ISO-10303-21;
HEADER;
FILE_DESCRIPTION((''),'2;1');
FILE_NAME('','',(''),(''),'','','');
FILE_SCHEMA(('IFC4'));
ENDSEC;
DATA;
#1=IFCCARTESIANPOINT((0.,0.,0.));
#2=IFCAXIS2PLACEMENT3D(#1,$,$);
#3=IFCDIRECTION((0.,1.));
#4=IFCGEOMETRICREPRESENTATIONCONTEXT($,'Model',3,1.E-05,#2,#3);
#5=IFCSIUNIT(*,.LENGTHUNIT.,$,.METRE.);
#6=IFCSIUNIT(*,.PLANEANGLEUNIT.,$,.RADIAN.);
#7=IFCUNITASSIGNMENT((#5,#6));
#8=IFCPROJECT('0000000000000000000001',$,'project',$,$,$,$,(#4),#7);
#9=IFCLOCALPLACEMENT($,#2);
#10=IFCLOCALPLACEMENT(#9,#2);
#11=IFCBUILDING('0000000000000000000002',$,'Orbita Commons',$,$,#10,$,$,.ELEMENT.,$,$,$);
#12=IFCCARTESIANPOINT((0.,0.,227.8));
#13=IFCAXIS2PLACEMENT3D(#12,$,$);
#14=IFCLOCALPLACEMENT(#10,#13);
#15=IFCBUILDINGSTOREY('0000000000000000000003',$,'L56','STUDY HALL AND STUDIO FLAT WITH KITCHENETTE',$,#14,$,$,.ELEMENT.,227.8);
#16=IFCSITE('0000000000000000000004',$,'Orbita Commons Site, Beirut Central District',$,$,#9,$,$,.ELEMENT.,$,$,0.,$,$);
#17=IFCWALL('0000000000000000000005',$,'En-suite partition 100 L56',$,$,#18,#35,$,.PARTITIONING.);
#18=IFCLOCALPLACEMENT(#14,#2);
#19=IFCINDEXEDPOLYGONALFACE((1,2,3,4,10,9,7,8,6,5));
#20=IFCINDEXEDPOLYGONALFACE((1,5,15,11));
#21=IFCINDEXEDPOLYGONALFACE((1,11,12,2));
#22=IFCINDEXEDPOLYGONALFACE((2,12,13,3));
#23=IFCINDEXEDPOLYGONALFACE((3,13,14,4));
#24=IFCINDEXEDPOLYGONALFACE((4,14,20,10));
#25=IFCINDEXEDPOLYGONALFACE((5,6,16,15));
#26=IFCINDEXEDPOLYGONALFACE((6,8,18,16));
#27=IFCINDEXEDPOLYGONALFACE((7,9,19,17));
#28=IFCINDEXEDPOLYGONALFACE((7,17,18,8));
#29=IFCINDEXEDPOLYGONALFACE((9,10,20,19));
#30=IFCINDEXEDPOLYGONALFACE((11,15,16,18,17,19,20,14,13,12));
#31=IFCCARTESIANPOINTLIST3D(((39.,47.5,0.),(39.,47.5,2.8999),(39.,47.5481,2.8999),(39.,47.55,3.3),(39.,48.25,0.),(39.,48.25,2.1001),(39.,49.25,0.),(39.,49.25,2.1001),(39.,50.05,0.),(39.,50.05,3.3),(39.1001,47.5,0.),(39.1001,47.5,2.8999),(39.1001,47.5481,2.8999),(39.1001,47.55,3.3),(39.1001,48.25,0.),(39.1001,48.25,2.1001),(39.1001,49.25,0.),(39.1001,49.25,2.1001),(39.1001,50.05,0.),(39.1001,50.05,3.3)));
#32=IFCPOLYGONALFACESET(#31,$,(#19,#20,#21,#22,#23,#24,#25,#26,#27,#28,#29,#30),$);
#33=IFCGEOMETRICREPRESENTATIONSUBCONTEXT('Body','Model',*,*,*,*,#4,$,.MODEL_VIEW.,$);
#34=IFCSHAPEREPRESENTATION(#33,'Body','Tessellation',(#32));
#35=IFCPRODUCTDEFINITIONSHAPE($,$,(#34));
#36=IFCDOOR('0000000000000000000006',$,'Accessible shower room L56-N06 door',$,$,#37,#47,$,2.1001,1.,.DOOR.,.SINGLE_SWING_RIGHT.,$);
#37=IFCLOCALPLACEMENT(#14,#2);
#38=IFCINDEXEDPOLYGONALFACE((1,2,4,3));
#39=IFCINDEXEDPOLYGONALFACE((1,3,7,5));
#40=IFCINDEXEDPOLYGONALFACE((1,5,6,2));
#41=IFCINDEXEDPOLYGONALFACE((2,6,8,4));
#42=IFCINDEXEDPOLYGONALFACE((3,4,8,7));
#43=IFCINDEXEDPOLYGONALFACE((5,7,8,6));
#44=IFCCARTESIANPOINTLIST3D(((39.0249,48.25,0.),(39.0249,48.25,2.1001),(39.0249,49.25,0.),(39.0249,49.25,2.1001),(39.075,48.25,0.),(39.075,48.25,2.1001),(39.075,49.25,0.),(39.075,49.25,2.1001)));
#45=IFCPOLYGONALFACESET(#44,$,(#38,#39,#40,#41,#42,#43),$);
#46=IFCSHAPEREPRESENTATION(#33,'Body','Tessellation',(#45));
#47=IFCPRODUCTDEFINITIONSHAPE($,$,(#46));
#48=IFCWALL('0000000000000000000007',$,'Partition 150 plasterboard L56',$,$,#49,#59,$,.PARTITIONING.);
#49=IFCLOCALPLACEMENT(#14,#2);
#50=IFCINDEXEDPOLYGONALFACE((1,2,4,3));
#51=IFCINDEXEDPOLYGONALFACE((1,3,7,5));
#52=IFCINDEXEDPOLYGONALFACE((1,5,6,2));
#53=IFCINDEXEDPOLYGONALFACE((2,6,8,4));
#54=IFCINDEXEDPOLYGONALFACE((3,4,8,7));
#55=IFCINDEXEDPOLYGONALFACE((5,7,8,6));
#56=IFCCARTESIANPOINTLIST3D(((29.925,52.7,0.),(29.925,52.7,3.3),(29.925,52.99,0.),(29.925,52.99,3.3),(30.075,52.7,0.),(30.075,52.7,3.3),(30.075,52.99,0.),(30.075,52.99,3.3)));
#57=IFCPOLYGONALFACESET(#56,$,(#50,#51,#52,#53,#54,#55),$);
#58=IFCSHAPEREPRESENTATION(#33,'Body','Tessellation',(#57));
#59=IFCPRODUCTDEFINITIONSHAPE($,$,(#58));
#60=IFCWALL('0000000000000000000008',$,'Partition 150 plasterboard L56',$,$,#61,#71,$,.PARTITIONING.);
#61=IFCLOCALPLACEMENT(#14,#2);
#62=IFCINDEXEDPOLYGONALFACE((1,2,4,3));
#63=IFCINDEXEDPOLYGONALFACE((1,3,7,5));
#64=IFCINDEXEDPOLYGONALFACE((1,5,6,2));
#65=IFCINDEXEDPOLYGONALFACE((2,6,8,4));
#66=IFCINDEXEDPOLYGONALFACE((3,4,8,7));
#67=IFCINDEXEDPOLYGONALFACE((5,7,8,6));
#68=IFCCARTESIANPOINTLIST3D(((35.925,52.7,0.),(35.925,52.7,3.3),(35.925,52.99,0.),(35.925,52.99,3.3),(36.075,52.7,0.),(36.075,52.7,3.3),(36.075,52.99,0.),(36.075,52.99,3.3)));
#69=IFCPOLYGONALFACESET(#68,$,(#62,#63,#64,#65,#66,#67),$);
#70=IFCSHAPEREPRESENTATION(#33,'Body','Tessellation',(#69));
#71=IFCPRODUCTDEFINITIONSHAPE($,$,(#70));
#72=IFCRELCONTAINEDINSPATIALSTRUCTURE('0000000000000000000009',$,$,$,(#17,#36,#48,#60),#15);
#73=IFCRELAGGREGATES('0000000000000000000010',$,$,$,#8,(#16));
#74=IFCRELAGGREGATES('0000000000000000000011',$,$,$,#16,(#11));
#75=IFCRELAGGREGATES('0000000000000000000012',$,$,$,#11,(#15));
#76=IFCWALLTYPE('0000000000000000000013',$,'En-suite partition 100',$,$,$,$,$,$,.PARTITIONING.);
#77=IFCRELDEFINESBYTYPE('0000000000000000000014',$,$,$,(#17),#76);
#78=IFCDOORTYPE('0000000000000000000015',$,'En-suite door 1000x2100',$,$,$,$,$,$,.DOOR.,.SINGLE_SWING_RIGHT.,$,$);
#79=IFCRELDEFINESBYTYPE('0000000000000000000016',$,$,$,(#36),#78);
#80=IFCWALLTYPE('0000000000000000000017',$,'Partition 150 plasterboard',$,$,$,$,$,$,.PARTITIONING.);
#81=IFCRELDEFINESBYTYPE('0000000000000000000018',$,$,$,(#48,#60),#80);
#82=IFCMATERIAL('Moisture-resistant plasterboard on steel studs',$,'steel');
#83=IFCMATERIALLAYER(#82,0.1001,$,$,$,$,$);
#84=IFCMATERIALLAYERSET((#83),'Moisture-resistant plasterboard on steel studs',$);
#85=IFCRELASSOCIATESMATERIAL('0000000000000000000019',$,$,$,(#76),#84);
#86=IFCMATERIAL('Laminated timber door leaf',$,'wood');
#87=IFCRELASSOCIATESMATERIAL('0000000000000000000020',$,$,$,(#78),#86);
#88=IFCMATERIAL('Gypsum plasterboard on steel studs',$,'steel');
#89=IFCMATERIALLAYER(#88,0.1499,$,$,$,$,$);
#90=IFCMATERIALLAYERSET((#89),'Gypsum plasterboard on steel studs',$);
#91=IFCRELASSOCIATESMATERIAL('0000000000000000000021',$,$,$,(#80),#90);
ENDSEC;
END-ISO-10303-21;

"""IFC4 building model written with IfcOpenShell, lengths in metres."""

from ifc_helpers import new_model, si_unit, direction, frame, frame_2d, origin, place, context, subcontext, project, spatial, polyline, rectangle, outline, extrude, material, layer, layer_set, type_object, element, fill, save


model = new_model("IFC4")

# Units and contexts
model_context = context("Model", 3, precision=1e-05, world=origin(), true_north=direction((0.0, 1.0)))
body_context = subcontext(model_context, "Body", "Model", "MODEL_VIEW")
ifc_project = project(units=[si_unit("LENGTHUNIT", "METRE"), si_unit("PLANEANGLEUNIT", "RADIAN")], contexts=[model_context])

# Site, building, storey
site_placement = place(None, origin())
site = spatial("IfcSite", under=ifc_project, at=site_placement, Name="Orbita Commons Site, Beirut Central District", CompositionType="ELEMENT", RefElevation=0.0)
building_placement = place(site_placement, origin())
building = spatial("IfcBuilding", under=site, at=building_placement, Name="Orbita Commons", CompositionType="ELEMENT")
storey_placement = place(building_placement, frame((0.0, 0.0, 227.8)))
storey = spatial("IfcBuildingStorey", under=building, at=storey_placement, Name="L56", Description="STUDY HALL AND STUDIO FLAT WITH KITCHENETTE", CompositionType="ELEMENT", Elevation=227.8)

# Shared definitions
ifc_material_1 = material(Name="Moisture-resistant plasterboard on steel studs", Category="steel")
ifc_layer_1 = layer(ifc_material_1, 0.1001)
ifc_layer_set_1 = layer_set([ifc_layer_1], Name="Moisture-resistant plasterboard on steel studs")
wall_type_1 = type_object("IfcWallType", Name="En-suite partition 100", PredefinedType="PARTITIONING", material=ifc_layer_set_1)

# Wall, opening, door
wall_1_placement = place(storey_placement, frame((39.05, 50.05, 0.0), z_axis=(0.0, 0.0, 1.0), x_axis=(0.0, -1.0, 0.0)))
wall_1 = element("IfcWall", 1, at=wall_1_placement, inside=storey, type_object=wall_type_1, Name="En-suite partition 100 L56", PredefinedType="PARTITIONING", context=body_context, shape_type="SweptSolid", body=[
    extrude(outline(polyline([(0.0, 0.0), (2.55, 0.0), (2.55, 2.8999), (2.502, 2.8999), (2.5, 3.3), (0.0, 3.3), (0.0, 0.0)])), frame((0.0, 0.05, 0.0), z_axis=(0.0, -1.0, 0.0), x_axis=(1.0, 0.0, 0.0)), (0.0, 0.0, 1.0), 0.1001),
])
opening_1_placement = place(wall_1_placement, frame((0.8, 0.0, 0.0)))
opening_1 = element("IfcOpeningElement", 2, at=opening_1_placement, cuts=wall_1, PredefinedType="OPENING", context=body_context, shape_type="SweptSolid", body=[
    extrude(rectangle(XDim=1.0, YDim=2.1001, at=frame_2d((0.5, 1.05))), frame((0.0, 0.0601, 0.0), z_axis=(0.0, -1.0, 0.0), x_axis=(1.0, 0.0, 0.0)), (0.0, 0.0, 1.0), 0.1201),
])
ifc_material_2 = material(Name="Laminated timber door leaf", Category="wood")
door_type_1 = type_object("IfcDoorType", Name="En-suite door 1000x2100", OperationType="SINGLE_SWING_RIGHT", PredefinedType="DOOR", material=ifc_material_2)
door_1_placement = place(opening_1_placement, origin())
door_1 = element("IfcDoor", 3, at=door_1_placement, inside=storey, type_object=door_type_1, Name="Accessible shower room L56-N06 door", OperationType="SINGLE_SWING_RIGHT", OverallHeight=2.1001, OverallWidth=1.0, PredefinedType="DOOR", context=body_context, shape_type="SweptSolid", body=[
    extrude(rectangle(XDim=1.0, YDim=2.1001, at=frame_2d((0.5, 1.05))), frame((0.0, 0.0249, 0.0), z_axis=(0.0, -1.0, 0.0), x_axis=(1.0, 0.0, 0.0)), (0.0, 0.0, 1.0), 0.05),
])
fill(opening_1, door_1)

# Walls
ifc_material_3 = material(Name="Gypsum plasterboard on steel studs", Category="steel")
ifc_layer_2 = layer(ifc_material_3, 0.1499)
ifc_layer_set_2 = layer_set([ifc_layer_2], Name="Gypsum plasterboard on steel studs")
wall_type_2 = type_object("IfcWallType", Name="Partition 150 plasterboard", PredefinedType="PARTITIONING", material=ifc_layer_set_2)
for number, where, z_axis, x_axis, name in (
    (4, (30.0, 52.7, 0.0), (0.0, 0.0, 1.0), (0.0, 1.0, 0.0), "Partition 150 plasterboard L56"),
    (5, (36.0, 52.7, 0.0), (0.0, 0.0, 1.0), (0.0, 1.0, 0.0), "Partition 150 plasterboard L56"),
):
    element("IfcWall", number, at=place(storey_placement, frame(where, z_axis=z_axis, x_axis=x_axis)), inside=storey, type_object=wall_type_2, Name=name, PredefinedType="PARTITIONING", context=body_context, shape_type="SweptSolid", body=[
        extrude(rectangle(XDim=0.29, YDim=0.1499, at=frame_2d((0.145, 0.0))), origin(), (0.0, 0.0, 1.0), 3.3),
    ])

save(model, "model.ifc")
